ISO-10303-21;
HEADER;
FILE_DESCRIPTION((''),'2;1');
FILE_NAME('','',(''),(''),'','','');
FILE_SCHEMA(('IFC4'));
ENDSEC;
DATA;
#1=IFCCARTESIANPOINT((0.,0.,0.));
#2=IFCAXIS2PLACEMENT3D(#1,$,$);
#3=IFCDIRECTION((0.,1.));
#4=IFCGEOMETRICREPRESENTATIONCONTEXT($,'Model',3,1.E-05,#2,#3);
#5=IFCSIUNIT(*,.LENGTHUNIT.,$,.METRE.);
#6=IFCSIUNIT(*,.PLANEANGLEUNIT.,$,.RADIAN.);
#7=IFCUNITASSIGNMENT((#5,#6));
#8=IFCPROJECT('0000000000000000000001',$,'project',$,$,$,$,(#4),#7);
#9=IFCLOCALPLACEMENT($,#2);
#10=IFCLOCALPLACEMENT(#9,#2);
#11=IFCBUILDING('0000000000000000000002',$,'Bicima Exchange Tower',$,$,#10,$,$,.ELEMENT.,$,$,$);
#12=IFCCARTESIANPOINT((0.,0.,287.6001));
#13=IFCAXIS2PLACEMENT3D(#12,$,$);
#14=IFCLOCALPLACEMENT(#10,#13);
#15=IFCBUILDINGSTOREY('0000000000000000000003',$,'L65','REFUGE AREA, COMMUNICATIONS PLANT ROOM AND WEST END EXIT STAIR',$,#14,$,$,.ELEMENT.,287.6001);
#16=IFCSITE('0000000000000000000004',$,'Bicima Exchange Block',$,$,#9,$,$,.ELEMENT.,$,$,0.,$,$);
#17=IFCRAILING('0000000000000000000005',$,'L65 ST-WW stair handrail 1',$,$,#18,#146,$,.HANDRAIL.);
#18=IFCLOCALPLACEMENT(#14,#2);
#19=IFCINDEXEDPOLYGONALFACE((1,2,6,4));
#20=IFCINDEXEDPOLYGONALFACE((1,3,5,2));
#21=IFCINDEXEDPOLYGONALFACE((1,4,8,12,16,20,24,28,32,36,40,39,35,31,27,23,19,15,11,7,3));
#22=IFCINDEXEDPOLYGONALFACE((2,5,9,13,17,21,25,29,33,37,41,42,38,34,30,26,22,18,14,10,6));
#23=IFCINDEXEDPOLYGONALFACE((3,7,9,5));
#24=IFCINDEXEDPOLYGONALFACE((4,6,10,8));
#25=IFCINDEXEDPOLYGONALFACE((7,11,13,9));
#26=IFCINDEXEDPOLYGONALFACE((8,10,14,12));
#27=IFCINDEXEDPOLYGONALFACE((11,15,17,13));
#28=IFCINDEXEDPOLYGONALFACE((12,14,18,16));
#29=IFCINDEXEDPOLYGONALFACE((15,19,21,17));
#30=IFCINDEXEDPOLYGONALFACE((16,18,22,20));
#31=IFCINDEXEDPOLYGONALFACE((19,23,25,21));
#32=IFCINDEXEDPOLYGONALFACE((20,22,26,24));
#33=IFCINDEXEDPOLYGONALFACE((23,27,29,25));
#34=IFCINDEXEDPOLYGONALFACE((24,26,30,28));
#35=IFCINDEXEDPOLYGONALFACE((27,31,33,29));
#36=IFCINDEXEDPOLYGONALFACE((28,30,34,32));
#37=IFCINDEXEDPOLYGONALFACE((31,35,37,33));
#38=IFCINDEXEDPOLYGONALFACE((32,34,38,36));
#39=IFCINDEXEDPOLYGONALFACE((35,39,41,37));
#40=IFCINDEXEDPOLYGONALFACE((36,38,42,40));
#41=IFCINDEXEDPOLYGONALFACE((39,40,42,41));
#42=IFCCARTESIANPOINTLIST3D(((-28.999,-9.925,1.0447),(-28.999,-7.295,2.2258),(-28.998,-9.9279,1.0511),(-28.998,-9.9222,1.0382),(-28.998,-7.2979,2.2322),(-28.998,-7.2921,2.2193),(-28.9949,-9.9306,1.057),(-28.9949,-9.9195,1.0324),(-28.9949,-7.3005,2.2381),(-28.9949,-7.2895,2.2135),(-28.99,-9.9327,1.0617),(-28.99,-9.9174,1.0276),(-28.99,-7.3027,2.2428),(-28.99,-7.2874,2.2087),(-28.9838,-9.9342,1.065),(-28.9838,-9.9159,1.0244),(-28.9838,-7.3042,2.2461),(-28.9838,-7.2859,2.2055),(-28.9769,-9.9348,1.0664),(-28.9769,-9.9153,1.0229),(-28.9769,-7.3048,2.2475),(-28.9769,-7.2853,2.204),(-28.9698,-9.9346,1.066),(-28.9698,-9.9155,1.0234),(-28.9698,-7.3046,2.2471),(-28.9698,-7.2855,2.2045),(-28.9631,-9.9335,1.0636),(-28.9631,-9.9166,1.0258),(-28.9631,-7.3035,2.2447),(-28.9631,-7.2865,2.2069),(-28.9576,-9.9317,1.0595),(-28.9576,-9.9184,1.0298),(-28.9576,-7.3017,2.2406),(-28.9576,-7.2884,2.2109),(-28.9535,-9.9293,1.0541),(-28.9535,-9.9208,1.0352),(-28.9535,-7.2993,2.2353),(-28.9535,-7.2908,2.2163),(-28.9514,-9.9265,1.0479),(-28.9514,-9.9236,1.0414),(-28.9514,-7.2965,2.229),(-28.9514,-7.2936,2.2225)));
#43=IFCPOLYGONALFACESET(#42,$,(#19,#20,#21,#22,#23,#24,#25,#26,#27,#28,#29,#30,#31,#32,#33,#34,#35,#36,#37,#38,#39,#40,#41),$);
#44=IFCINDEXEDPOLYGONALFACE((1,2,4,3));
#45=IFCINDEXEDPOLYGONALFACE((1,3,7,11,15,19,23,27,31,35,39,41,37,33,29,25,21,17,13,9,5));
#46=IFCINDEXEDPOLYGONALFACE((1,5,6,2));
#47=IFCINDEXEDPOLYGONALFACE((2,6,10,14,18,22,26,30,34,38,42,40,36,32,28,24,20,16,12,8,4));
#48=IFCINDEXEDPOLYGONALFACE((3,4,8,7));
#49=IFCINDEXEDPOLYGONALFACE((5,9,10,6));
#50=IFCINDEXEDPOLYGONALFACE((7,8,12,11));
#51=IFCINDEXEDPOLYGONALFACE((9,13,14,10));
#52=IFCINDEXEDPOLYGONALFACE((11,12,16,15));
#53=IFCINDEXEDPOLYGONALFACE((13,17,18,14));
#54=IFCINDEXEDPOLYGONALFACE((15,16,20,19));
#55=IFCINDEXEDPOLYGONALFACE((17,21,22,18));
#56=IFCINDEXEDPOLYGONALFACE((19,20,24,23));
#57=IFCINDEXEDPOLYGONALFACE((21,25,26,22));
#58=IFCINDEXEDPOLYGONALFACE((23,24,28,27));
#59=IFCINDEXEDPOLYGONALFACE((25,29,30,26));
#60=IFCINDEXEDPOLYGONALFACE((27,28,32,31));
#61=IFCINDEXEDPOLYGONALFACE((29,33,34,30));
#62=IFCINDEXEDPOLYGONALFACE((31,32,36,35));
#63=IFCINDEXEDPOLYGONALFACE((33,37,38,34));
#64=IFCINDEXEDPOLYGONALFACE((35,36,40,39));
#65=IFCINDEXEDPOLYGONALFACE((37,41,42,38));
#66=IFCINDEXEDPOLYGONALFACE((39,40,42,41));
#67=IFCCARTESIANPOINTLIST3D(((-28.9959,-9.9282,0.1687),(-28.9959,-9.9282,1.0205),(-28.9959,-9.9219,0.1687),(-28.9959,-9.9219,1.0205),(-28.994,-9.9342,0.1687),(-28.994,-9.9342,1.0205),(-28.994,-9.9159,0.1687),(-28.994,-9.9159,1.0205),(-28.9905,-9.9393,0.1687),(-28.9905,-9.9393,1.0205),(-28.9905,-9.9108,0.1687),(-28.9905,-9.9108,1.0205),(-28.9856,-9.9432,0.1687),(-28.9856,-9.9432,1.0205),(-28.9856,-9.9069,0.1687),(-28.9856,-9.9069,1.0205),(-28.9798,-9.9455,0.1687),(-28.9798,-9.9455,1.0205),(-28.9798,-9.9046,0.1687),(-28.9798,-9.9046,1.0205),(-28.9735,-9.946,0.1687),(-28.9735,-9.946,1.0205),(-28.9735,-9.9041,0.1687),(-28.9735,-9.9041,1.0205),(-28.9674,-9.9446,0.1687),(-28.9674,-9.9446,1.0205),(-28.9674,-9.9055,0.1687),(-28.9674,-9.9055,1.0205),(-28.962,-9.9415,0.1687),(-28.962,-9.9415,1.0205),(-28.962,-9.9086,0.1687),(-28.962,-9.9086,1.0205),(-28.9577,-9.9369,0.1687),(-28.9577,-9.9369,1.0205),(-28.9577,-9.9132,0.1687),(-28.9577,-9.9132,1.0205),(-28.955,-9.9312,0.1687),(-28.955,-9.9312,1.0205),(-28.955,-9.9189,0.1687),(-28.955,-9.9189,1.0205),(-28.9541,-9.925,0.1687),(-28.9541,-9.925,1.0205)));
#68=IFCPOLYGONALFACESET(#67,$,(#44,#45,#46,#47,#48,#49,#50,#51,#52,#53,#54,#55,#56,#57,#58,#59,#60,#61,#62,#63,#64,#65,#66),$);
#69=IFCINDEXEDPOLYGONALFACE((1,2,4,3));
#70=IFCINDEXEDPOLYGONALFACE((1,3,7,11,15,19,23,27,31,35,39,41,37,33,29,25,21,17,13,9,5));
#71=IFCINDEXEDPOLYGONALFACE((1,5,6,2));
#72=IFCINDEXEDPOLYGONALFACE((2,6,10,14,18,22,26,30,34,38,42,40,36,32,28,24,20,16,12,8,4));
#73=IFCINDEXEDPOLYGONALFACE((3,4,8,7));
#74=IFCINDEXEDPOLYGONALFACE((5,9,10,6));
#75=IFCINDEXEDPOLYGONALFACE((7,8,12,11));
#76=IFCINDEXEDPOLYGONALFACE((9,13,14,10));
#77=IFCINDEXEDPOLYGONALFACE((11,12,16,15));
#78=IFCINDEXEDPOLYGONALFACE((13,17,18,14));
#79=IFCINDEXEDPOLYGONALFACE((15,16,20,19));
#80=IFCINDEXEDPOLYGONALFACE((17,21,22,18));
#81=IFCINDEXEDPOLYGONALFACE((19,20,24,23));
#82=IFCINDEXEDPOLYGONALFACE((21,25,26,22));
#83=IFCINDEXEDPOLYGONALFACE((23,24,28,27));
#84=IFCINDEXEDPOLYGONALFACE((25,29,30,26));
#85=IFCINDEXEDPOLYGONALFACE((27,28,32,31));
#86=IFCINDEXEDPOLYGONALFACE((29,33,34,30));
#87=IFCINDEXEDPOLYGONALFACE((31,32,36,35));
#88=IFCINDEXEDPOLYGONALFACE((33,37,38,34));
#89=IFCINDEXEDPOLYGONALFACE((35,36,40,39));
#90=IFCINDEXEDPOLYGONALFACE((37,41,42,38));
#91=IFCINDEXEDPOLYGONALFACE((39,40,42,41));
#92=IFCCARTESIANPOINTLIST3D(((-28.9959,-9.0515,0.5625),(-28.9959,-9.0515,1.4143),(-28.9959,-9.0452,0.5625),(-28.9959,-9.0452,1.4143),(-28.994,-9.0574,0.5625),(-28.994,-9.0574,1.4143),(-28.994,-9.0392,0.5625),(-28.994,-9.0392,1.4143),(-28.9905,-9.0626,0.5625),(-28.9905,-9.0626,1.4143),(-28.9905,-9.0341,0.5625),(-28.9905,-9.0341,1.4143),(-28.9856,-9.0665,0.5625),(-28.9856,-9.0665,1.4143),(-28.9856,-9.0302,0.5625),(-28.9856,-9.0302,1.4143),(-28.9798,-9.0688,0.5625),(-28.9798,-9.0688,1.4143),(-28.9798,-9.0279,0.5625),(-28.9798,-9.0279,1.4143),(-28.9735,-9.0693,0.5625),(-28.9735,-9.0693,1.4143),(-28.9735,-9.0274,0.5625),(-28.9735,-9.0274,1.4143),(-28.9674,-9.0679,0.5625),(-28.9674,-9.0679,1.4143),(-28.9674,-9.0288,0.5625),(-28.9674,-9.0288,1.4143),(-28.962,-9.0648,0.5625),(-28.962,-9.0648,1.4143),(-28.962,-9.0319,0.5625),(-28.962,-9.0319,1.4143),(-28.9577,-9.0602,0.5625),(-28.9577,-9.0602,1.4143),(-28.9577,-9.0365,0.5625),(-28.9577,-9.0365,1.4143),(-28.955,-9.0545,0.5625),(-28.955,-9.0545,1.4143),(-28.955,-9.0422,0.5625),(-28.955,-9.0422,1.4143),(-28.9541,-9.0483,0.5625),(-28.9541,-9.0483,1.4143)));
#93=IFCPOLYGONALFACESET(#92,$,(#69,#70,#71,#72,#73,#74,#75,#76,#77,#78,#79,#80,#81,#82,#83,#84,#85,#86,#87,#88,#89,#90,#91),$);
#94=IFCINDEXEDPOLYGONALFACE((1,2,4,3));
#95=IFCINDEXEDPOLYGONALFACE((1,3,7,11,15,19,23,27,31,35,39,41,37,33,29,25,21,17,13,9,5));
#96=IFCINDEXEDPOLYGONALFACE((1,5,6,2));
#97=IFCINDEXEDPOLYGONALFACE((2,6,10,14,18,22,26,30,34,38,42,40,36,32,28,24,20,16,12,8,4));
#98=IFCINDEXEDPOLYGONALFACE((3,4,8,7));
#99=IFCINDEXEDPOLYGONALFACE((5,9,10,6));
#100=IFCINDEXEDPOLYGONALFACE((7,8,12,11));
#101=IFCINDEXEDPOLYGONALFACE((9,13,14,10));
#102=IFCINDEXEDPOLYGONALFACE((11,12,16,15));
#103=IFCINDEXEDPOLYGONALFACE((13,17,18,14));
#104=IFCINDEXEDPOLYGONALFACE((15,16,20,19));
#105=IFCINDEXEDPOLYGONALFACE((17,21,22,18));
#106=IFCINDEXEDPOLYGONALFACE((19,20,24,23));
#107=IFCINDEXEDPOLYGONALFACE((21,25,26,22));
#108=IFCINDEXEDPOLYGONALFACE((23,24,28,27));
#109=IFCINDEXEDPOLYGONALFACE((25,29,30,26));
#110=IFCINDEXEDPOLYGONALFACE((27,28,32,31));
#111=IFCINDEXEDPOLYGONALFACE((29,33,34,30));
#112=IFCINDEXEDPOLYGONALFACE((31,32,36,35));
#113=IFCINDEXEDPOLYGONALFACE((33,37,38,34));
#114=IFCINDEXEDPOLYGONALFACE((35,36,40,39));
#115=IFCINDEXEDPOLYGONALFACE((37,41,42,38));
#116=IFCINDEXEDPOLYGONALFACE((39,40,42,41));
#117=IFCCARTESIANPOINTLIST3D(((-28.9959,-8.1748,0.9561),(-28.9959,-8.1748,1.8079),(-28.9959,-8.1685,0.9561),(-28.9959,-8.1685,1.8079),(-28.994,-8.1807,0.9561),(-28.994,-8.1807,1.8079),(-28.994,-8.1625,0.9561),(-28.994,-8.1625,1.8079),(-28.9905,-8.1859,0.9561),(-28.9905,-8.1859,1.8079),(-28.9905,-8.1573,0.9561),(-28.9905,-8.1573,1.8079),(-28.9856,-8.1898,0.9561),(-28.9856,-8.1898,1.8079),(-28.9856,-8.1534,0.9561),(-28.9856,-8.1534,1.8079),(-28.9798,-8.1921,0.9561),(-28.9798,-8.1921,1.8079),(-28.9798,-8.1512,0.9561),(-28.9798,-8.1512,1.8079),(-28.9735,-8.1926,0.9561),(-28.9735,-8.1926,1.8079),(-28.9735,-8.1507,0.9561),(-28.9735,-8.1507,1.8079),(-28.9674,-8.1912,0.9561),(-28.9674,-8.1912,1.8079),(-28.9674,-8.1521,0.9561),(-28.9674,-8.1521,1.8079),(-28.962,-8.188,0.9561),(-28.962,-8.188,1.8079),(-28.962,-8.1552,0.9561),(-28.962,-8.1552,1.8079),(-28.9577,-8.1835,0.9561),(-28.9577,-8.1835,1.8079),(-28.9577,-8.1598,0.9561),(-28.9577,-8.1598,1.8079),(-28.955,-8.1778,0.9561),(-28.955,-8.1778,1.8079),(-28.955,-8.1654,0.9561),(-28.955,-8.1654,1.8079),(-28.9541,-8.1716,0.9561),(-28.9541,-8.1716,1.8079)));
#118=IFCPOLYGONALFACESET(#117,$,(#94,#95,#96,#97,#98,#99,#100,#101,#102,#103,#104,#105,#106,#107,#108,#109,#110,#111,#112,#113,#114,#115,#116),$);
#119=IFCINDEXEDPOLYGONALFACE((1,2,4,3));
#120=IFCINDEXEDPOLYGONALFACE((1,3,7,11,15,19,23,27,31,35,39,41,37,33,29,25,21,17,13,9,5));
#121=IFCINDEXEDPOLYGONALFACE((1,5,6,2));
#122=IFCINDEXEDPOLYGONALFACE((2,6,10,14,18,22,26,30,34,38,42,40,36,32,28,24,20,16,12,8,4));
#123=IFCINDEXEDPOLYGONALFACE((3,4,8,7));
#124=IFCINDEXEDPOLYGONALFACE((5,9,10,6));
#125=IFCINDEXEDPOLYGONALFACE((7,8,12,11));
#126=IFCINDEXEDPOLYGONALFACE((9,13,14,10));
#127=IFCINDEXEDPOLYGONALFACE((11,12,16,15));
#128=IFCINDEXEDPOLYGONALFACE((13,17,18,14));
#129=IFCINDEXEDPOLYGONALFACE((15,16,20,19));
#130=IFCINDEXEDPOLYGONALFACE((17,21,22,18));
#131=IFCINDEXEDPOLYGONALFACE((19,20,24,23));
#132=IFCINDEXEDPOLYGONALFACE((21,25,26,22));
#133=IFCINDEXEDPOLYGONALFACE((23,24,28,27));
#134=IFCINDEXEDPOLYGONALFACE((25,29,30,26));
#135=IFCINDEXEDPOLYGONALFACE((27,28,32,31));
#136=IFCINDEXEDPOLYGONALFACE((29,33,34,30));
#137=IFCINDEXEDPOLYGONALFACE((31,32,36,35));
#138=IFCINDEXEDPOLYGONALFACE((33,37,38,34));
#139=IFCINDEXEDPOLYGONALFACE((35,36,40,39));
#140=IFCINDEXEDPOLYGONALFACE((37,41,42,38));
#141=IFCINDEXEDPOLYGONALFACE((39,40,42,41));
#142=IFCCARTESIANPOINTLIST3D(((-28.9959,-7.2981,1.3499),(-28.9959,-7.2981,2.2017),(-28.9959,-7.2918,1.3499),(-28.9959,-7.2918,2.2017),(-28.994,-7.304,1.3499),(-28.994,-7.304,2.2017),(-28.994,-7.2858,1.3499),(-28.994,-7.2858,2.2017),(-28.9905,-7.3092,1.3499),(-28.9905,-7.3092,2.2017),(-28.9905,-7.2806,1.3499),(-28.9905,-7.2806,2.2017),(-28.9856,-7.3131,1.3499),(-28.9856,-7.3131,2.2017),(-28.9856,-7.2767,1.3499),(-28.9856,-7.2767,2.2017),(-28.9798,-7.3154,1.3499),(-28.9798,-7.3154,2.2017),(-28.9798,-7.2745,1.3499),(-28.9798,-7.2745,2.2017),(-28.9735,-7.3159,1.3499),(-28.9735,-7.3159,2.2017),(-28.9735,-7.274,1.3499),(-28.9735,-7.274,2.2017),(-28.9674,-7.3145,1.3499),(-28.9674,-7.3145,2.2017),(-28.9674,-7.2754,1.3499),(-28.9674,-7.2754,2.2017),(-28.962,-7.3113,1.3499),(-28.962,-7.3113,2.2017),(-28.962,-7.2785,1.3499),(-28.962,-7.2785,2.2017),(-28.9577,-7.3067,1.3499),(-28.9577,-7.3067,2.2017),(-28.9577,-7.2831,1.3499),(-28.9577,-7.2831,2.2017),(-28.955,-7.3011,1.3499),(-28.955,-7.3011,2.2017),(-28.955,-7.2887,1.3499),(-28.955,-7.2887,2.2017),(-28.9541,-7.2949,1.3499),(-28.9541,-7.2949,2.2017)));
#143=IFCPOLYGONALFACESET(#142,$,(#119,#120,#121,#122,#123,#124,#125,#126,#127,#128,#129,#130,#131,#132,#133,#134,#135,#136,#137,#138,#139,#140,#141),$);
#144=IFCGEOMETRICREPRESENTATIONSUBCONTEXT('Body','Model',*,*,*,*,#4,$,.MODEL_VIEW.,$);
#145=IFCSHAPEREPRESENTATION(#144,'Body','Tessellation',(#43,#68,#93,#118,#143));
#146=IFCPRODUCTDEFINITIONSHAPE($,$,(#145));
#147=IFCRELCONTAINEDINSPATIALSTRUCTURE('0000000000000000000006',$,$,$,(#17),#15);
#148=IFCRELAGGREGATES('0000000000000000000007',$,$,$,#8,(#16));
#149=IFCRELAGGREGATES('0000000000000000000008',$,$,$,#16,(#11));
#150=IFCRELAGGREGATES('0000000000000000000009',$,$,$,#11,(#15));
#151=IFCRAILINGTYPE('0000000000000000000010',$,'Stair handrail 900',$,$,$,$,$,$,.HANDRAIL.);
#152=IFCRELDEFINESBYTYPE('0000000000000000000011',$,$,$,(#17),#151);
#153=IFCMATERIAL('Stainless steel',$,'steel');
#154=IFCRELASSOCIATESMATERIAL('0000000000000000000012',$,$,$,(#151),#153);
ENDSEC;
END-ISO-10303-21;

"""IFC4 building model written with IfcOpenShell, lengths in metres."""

from ifc_helpers import new_model, si_unit, direction, frame, origin, origin_2d, place, context, subcontext, project, spatial, circle, extrude, material, type_object, element, save


model = new_model("IFC4")

# Units and contexts
model_context = context("Model", 3, precision=1e-05, world=origin(), true_north=direction((0.0, 1.0)))
body_context = subcontext(model_context, "Body", "Model", "MODEL_VIEW")
ifc_project = project(units=[si_unit("LENGTHUNIT", "METRE"), si_unit("PLANEANGLEUNIT", "RADIAN")], contexts=[model_context])

# Site, building, storey
site_placement = place(None, origin())
site = spatial("IfcSite", under=ifc_project, at=site_placement, Name="Bicima Exchange Block", CompositionType="ELEMENT", RefElevation=0.0)
building_placement = place(site_placement, origin())
building = spatial("IfcBuilding", under=site, at=building_placement, Name="Bicima Exchange Tower", CompositionType="ELEMENT")
storey_placement = place(building_placement, frame((0.0, 0.0, 287.6001)))
storey = spatial("IfcBuildingStorey", under=building, at=storey_placement, Name="L65", Description="REFUGE AREA, COMMUNICATIONS PLANT ROOM AND WEST END EXIT STAIR", CompositionType="ELEMENT", Elevation=287.6001)

# Railing
ifc_material_1 = material(Name="Stainless steel", Category="steel")
railing_type_1 = type_object("IfcRailingType", Name="Stair handrail 900", PredefinedType="HANDRAIL", material=ifc_material_1)
railing_1_placement = place(storey_placement, frame((-28.9751, -9.925, 0.1687)))
element("IfcRailing", 1, at=railing_1_placement, inside=storey, type_object=railing_type_1, Name="L65 ST-WW stair handrail 1", PredefinedType="HANDRAIL", context=body_context, shape_type="SweptSolid", body=[
    extrude(circle(Radius=0.0239, at=origin_2d()), frame((0.0, 0.0, 0.876), z_axis=(0.0, 0.912233, 0.409671), x_axis=(-1.0, 0.0, 0.0)), (0.0, 0.0, 1.0), 2.8831),
    extrude(circle(Radius=0.021, at=origin_2d()), origin(), (0.0, 0.0, 1.0), 0.8518),
    extrude(circle(Radius=0.021, at=origin_2d()), frame((0.0, 0.8767, 0.3938)), (0.0, 0.0, 1.0), 0.8518),
    extrude(circle(Radius=0.021, at=origin_2d()), frame((0.0, 1.7534, 0.7874)), (0.0, 0.0, 1.0), 0.8518),
    extrude(circle(Radius=0.021, at=origin_2d()), frame((0.0, 2.6301, 1.1812)), (0.0, 0.0, 1.0), 0.8518),
])

save(model, "model.ifc")
